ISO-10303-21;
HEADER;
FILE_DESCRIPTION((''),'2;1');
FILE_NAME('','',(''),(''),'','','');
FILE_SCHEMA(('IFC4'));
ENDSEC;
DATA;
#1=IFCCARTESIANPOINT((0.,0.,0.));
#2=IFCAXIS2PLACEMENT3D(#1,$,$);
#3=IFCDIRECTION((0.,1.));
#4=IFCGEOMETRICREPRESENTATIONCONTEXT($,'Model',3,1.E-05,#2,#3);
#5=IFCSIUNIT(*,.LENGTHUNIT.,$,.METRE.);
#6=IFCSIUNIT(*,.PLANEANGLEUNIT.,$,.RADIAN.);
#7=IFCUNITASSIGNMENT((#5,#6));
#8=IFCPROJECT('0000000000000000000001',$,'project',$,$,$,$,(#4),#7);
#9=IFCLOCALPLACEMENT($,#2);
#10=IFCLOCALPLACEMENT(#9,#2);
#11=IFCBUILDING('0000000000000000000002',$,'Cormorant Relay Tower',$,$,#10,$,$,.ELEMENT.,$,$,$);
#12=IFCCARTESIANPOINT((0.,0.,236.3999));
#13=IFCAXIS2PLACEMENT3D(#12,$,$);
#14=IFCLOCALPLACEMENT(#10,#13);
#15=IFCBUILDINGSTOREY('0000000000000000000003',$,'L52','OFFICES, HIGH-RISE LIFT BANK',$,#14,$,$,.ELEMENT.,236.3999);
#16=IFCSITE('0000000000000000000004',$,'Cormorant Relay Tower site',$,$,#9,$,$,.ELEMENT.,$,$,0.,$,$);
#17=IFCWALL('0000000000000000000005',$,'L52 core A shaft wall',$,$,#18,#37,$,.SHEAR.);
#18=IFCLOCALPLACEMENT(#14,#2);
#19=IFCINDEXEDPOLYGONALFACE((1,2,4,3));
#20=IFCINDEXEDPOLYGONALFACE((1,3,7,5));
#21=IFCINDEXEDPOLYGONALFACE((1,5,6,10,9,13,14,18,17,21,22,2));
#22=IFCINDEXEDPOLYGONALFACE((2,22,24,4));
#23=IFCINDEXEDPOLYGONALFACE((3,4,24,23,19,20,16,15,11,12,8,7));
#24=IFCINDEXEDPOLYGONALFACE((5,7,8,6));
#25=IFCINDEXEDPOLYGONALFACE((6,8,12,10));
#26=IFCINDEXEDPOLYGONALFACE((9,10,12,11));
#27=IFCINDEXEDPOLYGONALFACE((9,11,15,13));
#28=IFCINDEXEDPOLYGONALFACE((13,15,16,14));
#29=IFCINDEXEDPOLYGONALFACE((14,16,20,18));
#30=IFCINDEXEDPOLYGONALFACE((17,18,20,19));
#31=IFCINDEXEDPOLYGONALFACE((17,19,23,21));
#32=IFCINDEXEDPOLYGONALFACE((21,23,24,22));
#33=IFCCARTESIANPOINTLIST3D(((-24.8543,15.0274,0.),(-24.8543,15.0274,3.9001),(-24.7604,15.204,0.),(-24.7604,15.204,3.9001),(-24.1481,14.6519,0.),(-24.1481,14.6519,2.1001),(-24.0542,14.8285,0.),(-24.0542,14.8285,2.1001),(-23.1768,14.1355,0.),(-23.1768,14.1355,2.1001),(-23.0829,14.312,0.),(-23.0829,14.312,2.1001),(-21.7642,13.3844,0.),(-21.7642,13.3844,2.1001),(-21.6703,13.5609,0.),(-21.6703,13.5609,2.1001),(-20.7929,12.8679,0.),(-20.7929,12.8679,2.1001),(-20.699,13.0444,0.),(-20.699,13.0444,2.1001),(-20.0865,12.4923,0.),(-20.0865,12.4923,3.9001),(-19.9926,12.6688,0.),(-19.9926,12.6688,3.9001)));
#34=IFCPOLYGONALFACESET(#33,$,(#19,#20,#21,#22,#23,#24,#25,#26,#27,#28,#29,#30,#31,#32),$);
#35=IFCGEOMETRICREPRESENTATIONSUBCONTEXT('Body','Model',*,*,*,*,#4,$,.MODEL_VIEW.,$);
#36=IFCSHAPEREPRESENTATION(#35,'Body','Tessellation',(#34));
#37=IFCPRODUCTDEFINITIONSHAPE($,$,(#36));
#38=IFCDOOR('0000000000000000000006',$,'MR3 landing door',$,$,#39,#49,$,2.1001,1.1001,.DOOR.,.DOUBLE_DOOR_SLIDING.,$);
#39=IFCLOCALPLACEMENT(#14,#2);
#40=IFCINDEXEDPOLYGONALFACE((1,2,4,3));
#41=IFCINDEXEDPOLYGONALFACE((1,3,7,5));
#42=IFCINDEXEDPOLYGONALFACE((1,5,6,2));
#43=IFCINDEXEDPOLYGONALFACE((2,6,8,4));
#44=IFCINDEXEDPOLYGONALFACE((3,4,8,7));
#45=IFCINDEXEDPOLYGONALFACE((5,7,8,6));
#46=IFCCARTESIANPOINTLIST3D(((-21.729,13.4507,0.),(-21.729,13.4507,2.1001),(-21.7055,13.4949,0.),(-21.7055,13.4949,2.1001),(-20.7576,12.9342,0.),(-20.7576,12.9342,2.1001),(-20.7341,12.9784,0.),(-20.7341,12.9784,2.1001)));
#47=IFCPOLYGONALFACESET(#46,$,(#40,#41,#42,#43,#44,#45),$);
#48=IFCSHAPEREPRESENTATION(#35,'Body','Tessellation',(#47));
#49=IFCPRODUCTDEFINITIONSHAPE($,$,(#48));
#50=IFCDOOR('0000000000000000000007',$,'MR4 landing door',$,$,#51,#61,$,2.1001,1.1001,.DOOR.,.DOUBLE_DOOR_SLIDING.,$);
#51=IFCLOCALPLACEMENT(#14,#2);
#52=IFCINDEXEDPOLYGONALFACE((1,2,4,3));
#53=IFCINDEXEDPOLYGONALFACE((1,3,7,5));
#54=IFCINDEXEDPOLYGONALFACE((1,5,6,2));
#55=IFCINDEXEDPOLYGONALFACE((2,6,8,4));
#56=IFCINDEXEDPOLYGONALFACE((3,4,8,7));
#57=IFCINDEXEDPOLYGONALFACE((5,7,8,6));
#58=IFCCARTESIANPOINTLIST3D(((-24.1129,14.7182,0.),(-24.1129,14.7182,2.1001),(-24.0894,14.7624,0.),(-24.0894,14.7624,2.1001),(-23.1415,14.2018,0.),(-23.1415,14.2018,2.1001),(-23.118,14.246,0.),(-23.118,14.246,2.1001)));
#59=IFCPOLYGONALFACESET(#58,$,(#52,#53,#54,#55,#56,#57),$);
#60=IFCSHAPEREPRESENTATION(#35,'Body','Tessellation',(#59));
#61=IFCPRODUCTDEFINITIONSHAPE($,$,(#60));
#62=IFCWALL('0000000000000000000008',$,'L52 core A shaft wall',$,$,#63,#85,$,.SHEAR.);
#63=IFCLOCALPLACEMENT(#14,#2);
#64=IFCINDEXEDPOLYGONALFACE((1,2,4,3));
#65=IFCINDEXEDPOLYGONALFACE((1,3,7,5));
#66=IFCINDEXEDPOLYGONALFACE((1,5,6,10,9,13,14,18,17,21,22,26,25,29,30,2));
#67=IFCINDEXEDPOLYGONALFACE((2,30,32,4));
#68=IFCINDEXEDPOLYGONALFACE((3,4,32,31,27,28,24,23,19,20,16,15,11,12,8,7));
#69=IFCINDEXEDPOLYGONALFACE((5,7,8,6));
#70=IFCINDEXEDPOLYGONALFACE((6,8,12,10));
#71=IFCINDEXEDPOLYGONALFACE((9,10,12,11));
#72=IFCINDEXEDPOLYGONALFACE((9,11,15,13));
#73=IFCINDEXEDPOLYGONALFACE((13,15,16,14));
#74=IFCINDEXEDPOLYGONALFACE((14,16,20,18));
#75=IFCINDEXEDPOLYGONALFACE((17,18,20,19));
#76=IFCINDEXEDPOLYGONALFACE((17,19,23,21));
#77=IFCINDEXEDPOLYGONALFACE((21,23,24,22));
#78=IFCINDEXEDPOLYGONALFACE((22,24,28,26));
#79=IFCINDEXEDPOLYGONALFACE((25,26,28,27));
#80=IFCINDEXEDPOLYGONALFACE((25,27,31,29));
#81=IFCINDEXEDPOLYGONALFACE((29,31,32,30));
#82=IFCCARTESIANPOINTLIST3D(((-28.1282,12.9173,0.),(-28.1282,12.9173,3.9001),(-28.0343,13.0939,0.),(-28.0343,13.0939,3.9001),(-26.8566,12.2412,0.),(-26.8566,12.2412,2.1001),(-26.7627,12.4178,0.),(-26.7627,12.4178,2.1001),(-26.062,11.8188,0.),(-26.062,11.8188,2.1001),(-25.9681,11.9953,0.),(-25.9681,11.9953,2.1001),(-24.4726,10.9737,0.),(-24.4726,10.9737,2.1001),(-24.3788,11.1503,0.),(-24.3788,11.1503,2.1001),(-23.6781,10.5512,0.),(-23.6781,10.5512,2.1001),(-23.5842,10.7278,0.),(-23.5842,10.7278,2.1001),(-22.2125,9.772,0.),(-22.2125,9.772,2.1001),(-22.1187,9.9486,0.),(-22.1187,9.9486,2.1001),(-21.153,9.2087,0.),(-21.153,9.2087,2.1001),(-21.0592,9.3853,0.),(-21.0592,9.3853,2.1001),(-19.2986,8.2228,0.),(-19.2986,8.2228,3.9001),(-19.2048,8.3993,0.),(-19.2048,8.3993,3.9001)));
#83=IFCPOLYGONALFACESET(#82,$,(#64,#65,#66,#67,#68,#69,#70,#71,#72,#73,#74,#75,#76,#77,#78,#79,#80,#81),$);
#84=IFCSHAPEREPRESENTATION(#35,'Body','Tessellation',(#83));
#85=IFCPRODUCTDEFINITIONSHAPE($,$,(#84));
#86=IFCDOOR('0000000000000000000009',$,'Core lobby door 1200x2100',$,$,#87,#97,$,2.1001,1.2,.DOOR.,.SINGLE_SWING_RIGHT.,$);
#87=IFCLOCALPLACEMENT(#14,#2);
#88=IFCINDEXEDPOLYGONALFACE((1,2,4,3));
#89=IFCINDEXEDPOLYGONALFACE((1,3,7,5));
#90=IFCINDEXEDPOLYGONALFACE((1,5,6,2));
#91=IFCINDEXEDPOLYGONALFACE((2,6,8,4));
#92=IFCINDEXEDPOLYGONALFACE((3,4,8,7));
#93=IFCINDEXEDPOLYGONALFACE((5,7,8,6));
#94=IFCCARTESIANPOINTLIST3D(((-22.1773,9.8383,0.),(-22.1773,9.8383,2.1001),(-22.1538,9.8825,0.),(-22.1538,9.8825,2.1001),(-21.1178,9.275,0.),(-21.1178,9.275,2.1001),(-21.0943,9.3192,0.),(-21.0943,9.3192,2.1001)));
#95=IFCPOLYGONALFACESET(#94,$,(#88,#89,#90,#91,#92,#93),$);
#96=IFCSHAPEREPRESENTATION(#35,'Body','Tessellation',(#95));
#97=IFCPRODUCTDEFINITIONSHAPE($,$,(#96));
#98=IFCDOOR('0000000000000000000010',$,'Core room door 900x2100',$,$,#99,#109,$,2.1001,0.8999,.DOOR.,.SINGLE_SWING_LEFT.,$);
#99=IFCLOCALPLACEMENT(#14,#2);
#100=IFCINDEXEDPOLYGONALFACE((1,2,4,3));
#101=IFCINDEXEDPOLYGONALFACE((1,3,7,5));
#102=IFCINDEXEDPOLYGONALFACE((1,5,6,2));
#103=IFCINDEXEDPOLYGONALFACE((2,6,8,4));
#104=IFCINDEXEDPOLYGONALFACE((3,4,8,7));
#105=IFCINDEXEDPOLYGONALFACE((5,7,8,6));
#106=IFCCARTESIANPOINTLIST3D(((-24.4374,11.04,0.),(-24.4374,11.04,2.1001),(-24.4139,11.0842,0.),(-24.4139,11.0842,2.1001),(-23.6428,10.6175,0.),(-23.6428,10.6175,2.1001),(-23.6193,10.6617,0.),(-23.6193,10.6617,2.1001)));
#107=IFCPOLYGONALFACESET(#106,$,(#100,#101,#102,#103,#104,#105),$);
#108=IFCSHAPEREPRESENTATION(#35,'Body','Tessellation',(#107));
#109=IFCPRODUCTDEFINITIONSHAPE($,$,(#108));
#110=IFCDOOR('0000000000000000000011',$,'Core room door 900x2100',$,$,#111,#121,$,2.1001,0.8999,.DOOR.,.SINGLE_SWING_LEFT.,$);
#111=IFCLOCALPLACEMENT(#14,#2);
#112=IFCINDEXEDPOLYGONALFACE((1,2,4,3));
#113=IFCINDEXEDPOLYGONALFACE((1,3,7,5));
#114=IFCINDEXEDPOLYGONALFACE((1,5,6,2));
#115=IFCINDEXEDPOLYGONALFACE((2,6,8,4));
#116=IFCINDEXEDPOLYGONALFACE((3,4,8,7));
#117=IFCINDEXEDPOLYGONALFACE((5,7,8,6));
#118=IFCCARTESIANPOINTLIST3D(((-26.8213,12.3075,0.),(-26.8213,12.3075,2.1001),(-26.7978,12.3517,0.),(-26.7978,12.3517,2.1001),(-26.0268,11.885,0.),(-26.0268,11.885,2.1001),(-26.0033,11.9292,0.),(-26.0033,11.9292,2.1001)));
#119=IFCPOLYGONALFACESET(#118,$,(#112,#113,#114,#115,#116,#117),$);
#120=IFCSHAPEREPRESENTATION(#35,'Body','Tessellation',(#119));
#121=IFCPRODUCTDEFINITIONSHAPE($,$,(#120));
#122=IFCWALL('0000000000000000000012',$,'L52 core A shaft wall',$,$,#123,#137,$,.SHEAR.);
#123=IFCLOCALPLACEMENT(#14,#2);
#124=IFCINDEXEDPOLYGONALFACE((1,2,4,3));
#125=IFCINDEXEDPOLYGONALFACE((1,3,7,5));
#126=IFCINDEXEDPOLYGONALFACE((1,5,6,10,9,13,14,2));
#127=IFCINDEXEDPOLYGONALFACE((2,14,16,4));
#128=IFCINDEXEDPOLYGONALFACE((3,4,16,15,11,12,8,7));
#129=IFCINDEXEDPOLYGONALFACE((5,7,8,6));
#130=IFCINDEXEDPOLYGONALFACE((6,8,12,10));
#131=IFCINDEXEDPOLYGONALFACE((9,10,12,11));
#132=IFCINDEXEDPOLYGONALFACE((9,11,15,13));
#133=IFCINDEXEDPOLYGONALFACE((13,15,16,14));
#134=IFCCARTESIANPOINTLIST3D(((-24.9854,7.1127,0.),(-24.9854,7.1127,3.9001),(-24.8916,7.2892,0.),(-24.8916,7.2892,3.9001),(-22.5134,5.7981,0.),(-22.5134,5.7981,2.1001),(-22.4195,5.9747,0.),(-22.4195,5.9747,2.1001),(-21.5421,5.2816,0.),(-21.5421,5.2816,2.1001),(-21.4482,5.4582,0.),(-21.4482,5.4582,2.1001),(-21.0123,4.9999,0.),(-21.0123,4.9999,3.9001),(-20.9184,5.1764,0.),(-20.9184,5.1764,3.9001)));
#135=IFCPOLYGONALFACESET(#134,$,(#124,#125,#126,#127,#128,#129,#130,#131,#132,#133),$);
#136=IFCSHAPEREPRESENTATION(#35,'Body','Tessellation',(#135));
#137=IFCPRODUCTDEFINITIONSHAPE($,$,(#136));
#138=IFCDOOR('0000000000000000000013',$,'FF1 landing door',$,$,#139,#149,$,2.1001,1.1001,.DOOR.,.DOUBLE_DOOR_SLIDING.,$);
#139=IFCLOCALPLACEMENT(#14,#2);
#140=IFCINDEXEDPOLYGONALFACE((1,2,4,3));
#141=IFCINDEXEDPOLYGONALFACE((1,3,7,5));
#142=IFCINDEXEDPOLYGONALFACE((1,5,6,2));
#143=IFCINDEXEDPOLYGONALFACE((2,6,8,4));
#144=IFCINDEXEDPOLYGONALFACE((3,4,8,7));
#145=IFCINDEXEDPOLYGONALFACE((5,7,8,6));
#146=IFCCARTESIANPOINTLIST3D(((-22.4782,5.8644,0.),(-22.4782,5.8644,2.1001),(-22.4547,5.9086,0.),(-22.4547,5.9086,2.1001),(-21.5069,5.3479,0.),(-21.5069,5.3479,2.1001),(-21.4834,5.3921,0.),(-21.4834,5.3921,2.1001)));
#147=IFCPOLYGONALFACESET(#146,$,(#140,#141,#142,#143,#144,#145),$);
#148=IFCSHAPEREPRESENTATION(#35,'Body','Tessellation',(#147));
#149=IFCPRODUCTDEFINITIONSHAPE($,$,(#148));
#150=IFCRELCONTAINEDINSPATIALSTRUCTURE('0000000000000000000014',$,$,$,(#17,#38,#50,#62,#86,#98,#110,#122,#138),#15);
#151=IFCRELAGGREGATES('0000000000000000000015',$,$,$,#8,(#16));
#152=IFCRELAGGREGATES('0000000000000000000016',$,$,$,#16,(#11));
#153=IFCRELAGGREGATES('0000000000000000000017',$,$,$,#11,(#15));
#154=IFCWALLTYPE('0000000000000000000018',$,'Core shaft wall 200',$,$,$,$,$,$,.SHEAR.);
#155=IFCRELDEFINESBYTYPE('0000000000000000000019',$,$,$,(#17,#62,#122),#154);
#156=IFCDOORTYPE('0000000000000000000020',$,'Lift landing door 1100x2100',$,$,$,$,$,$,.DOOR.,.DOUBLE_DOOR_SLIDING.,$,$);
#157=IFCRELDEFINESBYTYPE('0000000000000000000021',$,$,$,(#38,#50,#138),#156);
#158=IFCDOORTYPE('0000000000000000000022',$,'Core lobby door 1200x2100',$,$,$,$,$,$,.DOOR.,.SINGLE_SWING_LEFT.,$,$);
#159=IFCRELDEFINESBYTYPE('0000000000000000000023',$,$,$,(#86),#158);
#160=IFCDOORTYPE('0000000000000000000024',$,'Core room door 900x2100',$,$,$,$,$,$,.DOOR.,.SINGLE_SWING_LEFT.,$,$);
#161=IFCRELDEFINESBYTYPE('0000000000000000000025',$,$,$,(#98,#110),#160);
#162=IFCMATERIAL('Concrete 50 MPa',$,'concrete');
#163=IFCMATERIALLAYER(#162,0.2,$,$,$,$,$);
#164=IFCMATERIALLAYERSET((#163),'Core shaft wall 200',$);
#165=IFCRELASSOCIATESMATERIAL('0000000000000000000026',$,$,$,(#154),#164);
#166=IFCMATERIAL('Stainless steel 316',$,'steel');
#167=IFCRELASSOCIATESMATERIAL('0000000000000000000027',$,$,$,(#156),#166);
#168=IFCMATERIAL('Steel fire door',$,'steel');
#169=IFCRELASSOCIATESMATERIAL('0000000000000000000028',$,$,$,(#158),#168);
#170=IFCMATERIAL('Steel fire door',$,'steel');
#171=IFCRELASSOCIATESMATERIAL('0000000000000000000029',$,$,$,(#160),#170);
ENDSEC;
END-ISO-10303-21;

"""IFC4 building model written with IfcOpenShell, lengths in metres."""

from ifc_helpers import new_model, si_unit, direction, frame, frame_2d, origin, place, context, subcontext, project, spatial, rectangle, extrude, material, layer, layer_set, type_object, element, fill, save


model = new_model("IFC4")

# Units and contexts
model_context = context("Model", 3, precision=1e-05, world=origin(), true_north=direction((0.0, 1.0)))
body_context = subcontext(model_context, "Body", "Model", "MODEL_VIEW")
ifc_project = project(units=[si_unit("LENGTHUNIT", "METRE"), si_unit("PLANEANGLEUNIT", "RADIAN")], contexts=[model_context])

# Site, building, storey
site_placement = place(None, origin())
site = spatial("IfcSite", under=ifc_project, at=site_placement, Name="Cormorant Relay Tower site", CompositionType="ELEMENT", RefElevation=0.0)
building_placement = place(site_placement, origin())
building = spatial("IfcBuilding", under=site, at=building_placement, Name="Cormorant Relay Tower", CompositionType="ELEMENT")
storey_placement = place(building_placement, frame((0.0, 0.0, 236.3999)))
storey = spatial("IfcBuildingStorey", under=building, at=storey_placement, Name="L52", Description="OFFICES, HIGH-RISE LIFT BANK", CompositionType="ELEMENT", Elevation=236.3999)

# Shared definitions
ifc_material_1 = material(Name="Concrete 50 MPa", Category="concrete")
ifc_layer_1 = layer(ifc_material_1, 0.2)
ifc_layer_set_1 = layer_set([ifc_layer_1], Name="Core shaft wall 200")
wall_type_1 = type_object("IfcWallType", Name="Core shaft wall 200", PredefinedType="SHEAR", material=ifc_layer_set_1)

# Walls, openings, doors
wall_1_placement = place(storey_placement, frame((-20.0396, 12.5806, 0.0), z_axis=(0.0, 0.0, 1.0), x_axis=(-0.882943, 0.46948, 0.0)))
wall_1 = element("IfcWall", 1, at=wall_1_placement, inside=storey, type_object=wall_type_1, Name="L52 core A shaft wall", PredefinedType="SHEAR", context=body_context, shape_type="SweptSolid", body=[
    extrude(rectangle(XDim=5.3999, YDim=0.2, at=frame_2d((2.7, 0.0))), origin(), (0.0, 0.0, 1.0), 3.9001),
])
opening_1_placement = place(wall_1_placement, frame((0.8, 0.0, 0.0)))
opening_1 = element("IfcOpeningElement", 2, at=opening_1_placement, cuts=wall_1, PredefinedType="OPENING", context=body_context, shape_type="SweptSolid", body=[
    extrude(rectangle(XDim=1.1001, YDim=2.1001, at=frame_2d((0.55, 1.05))), frame((0.0, 0.1099, 0.0), z_axis=(0.0, -1.0, 0.0), x_axis=(1.0, 0.0, 0.0)), (0.0, 0.0, 1.0), 0.22),
])
opening_2_placement = place(wall_1_placement, frame((3.5, 0.0, 0.0)))
opening_2 = element("IfcOpeningElement", 3, at=opening_2_placement, cuts=wall_1, PredefinedType="OPENING", context=body_context, shape_type="SweptSolid", body=[
    extrude(rectangle(XDim=1.1001, YDim=2.1001, at=frame_2d((0.55, 1.05))), frame((0.0, 0.1099, 0.0), z_axis=(0.0, -1.0, 0.0), x_axis=(1.0, 0.0, 0.0)), (0.0, 0.0, 1.0), 0.22),
])
ifc_material_2 = material(Name="Stainless steel 316", Category="steel")
door_type_1 = type_object("IfcDoorType", Name="Lift landing door 1100x2100", OperationType="DOUBLE_DOOR_SLIDING", PredefinedType="DOOR", material=ifc_material_2)
door_1_placement = place(opening_1_placement, origin())
door_1 = element("IfcDoor", 4, at=door_1_placement, inside=storey, type_object=door_type_1, Name="MR3 landing door", OperationType="DOUBLE_DOOR_SLIDING", OverallHeight=2.1001, OverallWidth=1.1001, PredefinedType="DOOR", context=body_context, shape_type="SweptSolid", body=[
    extrude(rectangle(XDim=1.1001, YDim=2.1001, at=frame_2d((0.55, 1.05))), frame((0.0, 0.0249, 0.0), z_axis=(0.0, -1.0, 0.0), x_axis=(1.0, 0.0, 0.0)), (0.0, 0.0, 1.0), 0.05),
])
fill(opening_1, door_1)
door_2_placement = place(opening_2_placement, origin())
door_2 = element("IfcDoor", 5, at=door_2_placement, inside=storey, type_object=door_type_1, Name="MR4 landing door", OperationType="DOUBLE_DOOR_SLIDING", OverallHeight=2.1001, OverallWidth=1.1001, PredefinedType="DOOR", context=body_context, shape_type="SweptSolid", body=[
    extrude(rectangle(XDim=1.1001, YDim=2.1001, at=frame_2d((0.55, 1.05))), frame((0.0, 0.0249, 0.0), z_axis=(0.0, -1.0, 0.0), x_axis=(1.0, 0.0, 0.0)), (0.0, 0.0, 1.0), 0.05),
])
fill(opening_2, door_2)
wall_2_placement = place(storey_placement, frame((-19.2517, 8.311, 0.0), z_axis=(0.0, 0.0, 1.0), x_axis=(-0.882956, 0.469456, 0.0)))
wall_2 = element("IfcWall", 6, at=wall_2_placement, inside=storey, type_object=wall_type_1, Name="L52 core A shaft wall", PredefinedType="SHEAR", context=body_context, shape_type="SweptSolid", body=[
    extrude(rectangle(XDim=10.0, YDim=0.2, at=frame_2d((5.0, 0.0))), origin(), (0.0, 0.0, 1.0), 3.9001),
])
opening_3_placement = place(wall_2_placement, frame((2.1001, 0.0, 0.0)))
opening_3 = element("IfcOpeningElement", 7, at=opening_3_placement, cuts=wall_2, PredefinedType="OPENING", context=body_context, shape_type="SweptSolid", body=[
    extrude(rectangle(XDim=1.2, YDim=2.1001, at=frame_2d((0.6001, 1.05))), frame((0.0, 0.1099, 0.0), z_axis=(0.0, -1.0, 0.0), x_axis=(1.0, 0.0, 0.0)), (0.0, 0.0, 1.0), 0.22),
])
opening_4_placement = place(wall_2_placement, frame((4.96, 0.0, 0.0)))
opening_4 = element("IfcOpeningElement", 8, at=opening_4_placement, cuts=wall_2, PredefinedType="OPENING", context=body_context, shape_type="SweptSolid", body=[
    extrude(rectangle(XDim=0.8999, YDim=2.1001, at=frame_2d((0.45, 1.05))), frame((0.0, 0.1099, 0.0), z_axis=(0.0, -1.0, 0.0), x_axis=(1.0, 0.0, 0.0)), (0.0, 0.0, 1.0), 0.22),
])
opening_5_placement = place(wall_2_placement, frame((7.6599, 0.0, 0.0)))
opening_5 = element("IfcOpeningElement", 9, at=opening_5_placement, cuts=wall_2, PredefinedType="OPENING", context=body_context, shape_type="SweptSolid", body=[
    extrude(rectangle(XDim=0.8999, YDim=2.1001, at=frame_2d((0.45, 1.05))), frame((0.0, 0.1099, 0.0), z_axis=(0.0, -1.0, 0.0), x_axis=(1.0, 0.0, 0.0)), (0.0, 0.0, 1.0), 0.22),
])
ifc_material_3 = material(Name="Steel fire door", Category="steel")
door_type_2 = type_object("IfcDoorType", Name="Core lobby door 1200x2100", OperationType="SINGLE_SWING_LEFT", PredefinedType="DOOR", material=ifc_material_3)
door_3_placement = place(opening_3_placement, origin())
door_3 = element("IfcDoor", 10, at=door_3_placement, inside=storey, type_object=door_type_2, Name="Core lobby door 1200x2100", OperationType="SINGLE_SWING_RIGHT", OverallHeight=2.1001, OverallWidth=1.2, PredefinedType="DOOR", context=body_context, shape_type="SweptSolid", body=[
    extrude(rectangle(XDim=1.2, YDim=2.1001, at=frame_2d((0.6001, 1.05))), frame((0.0, 0.0249, 0.0), z_axis=(0.0, -1.0, 0.0), x_axis=(1.0, 0.0, 0.0)), (0.0, 0.0, 1.0), 0.05),
])
fill(opening_3, door_3)
ifc_material_4 = material(Name="Steel fire door", Category="steel")
door_type_3 = type_object("IfcDoorType", Name="Core room door 900x2100", OperationType="SINGLE_SWING_LEFT", PredefinedType="DOOR", material=ifc_material_4)
door_4_placement = place(opening_4_placement, origin())
door_4 = element("IfcDoor", 11, at=door_4_placement, inside=storey, type_object=door_type_3, Name="Core room door 900x2100", OperationType="SINGLE_SWING_LEFT", OverallHeight=2.1001, OverallWidth=0.8999, PredefinedType="DOOR", context=body_context, shape_type="SweptSolid", body=[
    extrude(rectangle(XDim=0.8999, YDim=2.1001, at=frame_2d((0.45, 1.05))), frame((0.0, 0.0249, 0.0), z_axis=(0.0, -1.0, 0.0), x_axis=(1.0, 0.0, 0.0)), (0.0, 0.0, 1.0), 0.05),
])
fill(opening_4, door_4)
door_5_placement = place(opening_5_placement, origin())
door_5 = element("IfcDoor", 12, at=door_5_placement, inside=storey, type_object=door_type_3, Name="Core room door 900x2100", OperationType="SINGLE_SWING_LEFT", OverallHeight=2.1001, OverallWidth=0.8999, PredefinedType="DOOR", context=body_context, shape_type="SweptSolid", body=[
    extrude(rectangle(XDim=0.8999, YDim=2.1001, at=frame_2d((0.45, 1.05))), frame((0.0, 0.0249, 0.0), z_axis=(0.0, -1.0, 0.0), x_axis=(1.0, 0.0, 0.0)), (0.0, 0.0, 1.0), 0.05),
])
fill(opening_5, door_5)

# Wall, opening, door
wall_3_placement = place(storey_placement, frame((-20.9653, 5.0881, 0.0), z_axis=(0.0, 0.0, 1.0), x_axis=(-0.882926, 0.469512, 0.0)))
wall_3 = element("IfcWall", 13, at=wall_3_placement, inside=storey, type_object=wall_type_1, Name="L52 core A shaft wall", PredefinedType="SHEAR", context=body_context, shape_type="SweptSolid", body=[
    extrude(rectangle(XDim=4.5, YDim=0.2, at=frame_2d((2.25, 0.0))), origin(), (0.0, 0.0, 1.0), 3.9001),
])
opening_6_placement = place(wall_3_placement, frame((0.6001, 0.0, 0.0)))
opening_6 = element("IfcOpeningElement", 14, at=opening_6_placement, cuts=wall_3, PredefinedType="OPENING", context=body_context, shape_type="SweptSolid", body=[
    extrude(rectangle(XDim=1.1001, YDim=2.1001, at=frame_2d((0.55, 1.05))), frame((0.0, 0.1099, 0.0), z_axis=(0.0, -1.0, 0.0), x_axis=(1.0, 0.0, 0.0)), (0.0, 0.0, 1.0), 0.22),
])
door_6_placement = place(opening_6_placement, origin())
door_6 = element("IfcDoor", 15, at=door_6_placement, inside=storey, type_object=door_type_1, Name="FF1 landing door", OperationType="DOUBLE_DOOR_SLIDING", OverallHeight=2.1001, OverallWidth=1.1001, PredefinedType="DOOR", context=body_context, shape_type="SweptSolid", body=[
    extrude(rectangle(XDim=1.1001, YDim=2.1001, at=frame_2d((0.55, 1.05))), frame((0.0, 0.0249, 0.0), z_axis=(0.0, -1.0, 0.0), x_axis=(1.0, 0.0, 0.0)), (0.0, 0.0, 1.0), 0.05),
])
fill(opening_6, door_6)

save(model, "model.ifc")
